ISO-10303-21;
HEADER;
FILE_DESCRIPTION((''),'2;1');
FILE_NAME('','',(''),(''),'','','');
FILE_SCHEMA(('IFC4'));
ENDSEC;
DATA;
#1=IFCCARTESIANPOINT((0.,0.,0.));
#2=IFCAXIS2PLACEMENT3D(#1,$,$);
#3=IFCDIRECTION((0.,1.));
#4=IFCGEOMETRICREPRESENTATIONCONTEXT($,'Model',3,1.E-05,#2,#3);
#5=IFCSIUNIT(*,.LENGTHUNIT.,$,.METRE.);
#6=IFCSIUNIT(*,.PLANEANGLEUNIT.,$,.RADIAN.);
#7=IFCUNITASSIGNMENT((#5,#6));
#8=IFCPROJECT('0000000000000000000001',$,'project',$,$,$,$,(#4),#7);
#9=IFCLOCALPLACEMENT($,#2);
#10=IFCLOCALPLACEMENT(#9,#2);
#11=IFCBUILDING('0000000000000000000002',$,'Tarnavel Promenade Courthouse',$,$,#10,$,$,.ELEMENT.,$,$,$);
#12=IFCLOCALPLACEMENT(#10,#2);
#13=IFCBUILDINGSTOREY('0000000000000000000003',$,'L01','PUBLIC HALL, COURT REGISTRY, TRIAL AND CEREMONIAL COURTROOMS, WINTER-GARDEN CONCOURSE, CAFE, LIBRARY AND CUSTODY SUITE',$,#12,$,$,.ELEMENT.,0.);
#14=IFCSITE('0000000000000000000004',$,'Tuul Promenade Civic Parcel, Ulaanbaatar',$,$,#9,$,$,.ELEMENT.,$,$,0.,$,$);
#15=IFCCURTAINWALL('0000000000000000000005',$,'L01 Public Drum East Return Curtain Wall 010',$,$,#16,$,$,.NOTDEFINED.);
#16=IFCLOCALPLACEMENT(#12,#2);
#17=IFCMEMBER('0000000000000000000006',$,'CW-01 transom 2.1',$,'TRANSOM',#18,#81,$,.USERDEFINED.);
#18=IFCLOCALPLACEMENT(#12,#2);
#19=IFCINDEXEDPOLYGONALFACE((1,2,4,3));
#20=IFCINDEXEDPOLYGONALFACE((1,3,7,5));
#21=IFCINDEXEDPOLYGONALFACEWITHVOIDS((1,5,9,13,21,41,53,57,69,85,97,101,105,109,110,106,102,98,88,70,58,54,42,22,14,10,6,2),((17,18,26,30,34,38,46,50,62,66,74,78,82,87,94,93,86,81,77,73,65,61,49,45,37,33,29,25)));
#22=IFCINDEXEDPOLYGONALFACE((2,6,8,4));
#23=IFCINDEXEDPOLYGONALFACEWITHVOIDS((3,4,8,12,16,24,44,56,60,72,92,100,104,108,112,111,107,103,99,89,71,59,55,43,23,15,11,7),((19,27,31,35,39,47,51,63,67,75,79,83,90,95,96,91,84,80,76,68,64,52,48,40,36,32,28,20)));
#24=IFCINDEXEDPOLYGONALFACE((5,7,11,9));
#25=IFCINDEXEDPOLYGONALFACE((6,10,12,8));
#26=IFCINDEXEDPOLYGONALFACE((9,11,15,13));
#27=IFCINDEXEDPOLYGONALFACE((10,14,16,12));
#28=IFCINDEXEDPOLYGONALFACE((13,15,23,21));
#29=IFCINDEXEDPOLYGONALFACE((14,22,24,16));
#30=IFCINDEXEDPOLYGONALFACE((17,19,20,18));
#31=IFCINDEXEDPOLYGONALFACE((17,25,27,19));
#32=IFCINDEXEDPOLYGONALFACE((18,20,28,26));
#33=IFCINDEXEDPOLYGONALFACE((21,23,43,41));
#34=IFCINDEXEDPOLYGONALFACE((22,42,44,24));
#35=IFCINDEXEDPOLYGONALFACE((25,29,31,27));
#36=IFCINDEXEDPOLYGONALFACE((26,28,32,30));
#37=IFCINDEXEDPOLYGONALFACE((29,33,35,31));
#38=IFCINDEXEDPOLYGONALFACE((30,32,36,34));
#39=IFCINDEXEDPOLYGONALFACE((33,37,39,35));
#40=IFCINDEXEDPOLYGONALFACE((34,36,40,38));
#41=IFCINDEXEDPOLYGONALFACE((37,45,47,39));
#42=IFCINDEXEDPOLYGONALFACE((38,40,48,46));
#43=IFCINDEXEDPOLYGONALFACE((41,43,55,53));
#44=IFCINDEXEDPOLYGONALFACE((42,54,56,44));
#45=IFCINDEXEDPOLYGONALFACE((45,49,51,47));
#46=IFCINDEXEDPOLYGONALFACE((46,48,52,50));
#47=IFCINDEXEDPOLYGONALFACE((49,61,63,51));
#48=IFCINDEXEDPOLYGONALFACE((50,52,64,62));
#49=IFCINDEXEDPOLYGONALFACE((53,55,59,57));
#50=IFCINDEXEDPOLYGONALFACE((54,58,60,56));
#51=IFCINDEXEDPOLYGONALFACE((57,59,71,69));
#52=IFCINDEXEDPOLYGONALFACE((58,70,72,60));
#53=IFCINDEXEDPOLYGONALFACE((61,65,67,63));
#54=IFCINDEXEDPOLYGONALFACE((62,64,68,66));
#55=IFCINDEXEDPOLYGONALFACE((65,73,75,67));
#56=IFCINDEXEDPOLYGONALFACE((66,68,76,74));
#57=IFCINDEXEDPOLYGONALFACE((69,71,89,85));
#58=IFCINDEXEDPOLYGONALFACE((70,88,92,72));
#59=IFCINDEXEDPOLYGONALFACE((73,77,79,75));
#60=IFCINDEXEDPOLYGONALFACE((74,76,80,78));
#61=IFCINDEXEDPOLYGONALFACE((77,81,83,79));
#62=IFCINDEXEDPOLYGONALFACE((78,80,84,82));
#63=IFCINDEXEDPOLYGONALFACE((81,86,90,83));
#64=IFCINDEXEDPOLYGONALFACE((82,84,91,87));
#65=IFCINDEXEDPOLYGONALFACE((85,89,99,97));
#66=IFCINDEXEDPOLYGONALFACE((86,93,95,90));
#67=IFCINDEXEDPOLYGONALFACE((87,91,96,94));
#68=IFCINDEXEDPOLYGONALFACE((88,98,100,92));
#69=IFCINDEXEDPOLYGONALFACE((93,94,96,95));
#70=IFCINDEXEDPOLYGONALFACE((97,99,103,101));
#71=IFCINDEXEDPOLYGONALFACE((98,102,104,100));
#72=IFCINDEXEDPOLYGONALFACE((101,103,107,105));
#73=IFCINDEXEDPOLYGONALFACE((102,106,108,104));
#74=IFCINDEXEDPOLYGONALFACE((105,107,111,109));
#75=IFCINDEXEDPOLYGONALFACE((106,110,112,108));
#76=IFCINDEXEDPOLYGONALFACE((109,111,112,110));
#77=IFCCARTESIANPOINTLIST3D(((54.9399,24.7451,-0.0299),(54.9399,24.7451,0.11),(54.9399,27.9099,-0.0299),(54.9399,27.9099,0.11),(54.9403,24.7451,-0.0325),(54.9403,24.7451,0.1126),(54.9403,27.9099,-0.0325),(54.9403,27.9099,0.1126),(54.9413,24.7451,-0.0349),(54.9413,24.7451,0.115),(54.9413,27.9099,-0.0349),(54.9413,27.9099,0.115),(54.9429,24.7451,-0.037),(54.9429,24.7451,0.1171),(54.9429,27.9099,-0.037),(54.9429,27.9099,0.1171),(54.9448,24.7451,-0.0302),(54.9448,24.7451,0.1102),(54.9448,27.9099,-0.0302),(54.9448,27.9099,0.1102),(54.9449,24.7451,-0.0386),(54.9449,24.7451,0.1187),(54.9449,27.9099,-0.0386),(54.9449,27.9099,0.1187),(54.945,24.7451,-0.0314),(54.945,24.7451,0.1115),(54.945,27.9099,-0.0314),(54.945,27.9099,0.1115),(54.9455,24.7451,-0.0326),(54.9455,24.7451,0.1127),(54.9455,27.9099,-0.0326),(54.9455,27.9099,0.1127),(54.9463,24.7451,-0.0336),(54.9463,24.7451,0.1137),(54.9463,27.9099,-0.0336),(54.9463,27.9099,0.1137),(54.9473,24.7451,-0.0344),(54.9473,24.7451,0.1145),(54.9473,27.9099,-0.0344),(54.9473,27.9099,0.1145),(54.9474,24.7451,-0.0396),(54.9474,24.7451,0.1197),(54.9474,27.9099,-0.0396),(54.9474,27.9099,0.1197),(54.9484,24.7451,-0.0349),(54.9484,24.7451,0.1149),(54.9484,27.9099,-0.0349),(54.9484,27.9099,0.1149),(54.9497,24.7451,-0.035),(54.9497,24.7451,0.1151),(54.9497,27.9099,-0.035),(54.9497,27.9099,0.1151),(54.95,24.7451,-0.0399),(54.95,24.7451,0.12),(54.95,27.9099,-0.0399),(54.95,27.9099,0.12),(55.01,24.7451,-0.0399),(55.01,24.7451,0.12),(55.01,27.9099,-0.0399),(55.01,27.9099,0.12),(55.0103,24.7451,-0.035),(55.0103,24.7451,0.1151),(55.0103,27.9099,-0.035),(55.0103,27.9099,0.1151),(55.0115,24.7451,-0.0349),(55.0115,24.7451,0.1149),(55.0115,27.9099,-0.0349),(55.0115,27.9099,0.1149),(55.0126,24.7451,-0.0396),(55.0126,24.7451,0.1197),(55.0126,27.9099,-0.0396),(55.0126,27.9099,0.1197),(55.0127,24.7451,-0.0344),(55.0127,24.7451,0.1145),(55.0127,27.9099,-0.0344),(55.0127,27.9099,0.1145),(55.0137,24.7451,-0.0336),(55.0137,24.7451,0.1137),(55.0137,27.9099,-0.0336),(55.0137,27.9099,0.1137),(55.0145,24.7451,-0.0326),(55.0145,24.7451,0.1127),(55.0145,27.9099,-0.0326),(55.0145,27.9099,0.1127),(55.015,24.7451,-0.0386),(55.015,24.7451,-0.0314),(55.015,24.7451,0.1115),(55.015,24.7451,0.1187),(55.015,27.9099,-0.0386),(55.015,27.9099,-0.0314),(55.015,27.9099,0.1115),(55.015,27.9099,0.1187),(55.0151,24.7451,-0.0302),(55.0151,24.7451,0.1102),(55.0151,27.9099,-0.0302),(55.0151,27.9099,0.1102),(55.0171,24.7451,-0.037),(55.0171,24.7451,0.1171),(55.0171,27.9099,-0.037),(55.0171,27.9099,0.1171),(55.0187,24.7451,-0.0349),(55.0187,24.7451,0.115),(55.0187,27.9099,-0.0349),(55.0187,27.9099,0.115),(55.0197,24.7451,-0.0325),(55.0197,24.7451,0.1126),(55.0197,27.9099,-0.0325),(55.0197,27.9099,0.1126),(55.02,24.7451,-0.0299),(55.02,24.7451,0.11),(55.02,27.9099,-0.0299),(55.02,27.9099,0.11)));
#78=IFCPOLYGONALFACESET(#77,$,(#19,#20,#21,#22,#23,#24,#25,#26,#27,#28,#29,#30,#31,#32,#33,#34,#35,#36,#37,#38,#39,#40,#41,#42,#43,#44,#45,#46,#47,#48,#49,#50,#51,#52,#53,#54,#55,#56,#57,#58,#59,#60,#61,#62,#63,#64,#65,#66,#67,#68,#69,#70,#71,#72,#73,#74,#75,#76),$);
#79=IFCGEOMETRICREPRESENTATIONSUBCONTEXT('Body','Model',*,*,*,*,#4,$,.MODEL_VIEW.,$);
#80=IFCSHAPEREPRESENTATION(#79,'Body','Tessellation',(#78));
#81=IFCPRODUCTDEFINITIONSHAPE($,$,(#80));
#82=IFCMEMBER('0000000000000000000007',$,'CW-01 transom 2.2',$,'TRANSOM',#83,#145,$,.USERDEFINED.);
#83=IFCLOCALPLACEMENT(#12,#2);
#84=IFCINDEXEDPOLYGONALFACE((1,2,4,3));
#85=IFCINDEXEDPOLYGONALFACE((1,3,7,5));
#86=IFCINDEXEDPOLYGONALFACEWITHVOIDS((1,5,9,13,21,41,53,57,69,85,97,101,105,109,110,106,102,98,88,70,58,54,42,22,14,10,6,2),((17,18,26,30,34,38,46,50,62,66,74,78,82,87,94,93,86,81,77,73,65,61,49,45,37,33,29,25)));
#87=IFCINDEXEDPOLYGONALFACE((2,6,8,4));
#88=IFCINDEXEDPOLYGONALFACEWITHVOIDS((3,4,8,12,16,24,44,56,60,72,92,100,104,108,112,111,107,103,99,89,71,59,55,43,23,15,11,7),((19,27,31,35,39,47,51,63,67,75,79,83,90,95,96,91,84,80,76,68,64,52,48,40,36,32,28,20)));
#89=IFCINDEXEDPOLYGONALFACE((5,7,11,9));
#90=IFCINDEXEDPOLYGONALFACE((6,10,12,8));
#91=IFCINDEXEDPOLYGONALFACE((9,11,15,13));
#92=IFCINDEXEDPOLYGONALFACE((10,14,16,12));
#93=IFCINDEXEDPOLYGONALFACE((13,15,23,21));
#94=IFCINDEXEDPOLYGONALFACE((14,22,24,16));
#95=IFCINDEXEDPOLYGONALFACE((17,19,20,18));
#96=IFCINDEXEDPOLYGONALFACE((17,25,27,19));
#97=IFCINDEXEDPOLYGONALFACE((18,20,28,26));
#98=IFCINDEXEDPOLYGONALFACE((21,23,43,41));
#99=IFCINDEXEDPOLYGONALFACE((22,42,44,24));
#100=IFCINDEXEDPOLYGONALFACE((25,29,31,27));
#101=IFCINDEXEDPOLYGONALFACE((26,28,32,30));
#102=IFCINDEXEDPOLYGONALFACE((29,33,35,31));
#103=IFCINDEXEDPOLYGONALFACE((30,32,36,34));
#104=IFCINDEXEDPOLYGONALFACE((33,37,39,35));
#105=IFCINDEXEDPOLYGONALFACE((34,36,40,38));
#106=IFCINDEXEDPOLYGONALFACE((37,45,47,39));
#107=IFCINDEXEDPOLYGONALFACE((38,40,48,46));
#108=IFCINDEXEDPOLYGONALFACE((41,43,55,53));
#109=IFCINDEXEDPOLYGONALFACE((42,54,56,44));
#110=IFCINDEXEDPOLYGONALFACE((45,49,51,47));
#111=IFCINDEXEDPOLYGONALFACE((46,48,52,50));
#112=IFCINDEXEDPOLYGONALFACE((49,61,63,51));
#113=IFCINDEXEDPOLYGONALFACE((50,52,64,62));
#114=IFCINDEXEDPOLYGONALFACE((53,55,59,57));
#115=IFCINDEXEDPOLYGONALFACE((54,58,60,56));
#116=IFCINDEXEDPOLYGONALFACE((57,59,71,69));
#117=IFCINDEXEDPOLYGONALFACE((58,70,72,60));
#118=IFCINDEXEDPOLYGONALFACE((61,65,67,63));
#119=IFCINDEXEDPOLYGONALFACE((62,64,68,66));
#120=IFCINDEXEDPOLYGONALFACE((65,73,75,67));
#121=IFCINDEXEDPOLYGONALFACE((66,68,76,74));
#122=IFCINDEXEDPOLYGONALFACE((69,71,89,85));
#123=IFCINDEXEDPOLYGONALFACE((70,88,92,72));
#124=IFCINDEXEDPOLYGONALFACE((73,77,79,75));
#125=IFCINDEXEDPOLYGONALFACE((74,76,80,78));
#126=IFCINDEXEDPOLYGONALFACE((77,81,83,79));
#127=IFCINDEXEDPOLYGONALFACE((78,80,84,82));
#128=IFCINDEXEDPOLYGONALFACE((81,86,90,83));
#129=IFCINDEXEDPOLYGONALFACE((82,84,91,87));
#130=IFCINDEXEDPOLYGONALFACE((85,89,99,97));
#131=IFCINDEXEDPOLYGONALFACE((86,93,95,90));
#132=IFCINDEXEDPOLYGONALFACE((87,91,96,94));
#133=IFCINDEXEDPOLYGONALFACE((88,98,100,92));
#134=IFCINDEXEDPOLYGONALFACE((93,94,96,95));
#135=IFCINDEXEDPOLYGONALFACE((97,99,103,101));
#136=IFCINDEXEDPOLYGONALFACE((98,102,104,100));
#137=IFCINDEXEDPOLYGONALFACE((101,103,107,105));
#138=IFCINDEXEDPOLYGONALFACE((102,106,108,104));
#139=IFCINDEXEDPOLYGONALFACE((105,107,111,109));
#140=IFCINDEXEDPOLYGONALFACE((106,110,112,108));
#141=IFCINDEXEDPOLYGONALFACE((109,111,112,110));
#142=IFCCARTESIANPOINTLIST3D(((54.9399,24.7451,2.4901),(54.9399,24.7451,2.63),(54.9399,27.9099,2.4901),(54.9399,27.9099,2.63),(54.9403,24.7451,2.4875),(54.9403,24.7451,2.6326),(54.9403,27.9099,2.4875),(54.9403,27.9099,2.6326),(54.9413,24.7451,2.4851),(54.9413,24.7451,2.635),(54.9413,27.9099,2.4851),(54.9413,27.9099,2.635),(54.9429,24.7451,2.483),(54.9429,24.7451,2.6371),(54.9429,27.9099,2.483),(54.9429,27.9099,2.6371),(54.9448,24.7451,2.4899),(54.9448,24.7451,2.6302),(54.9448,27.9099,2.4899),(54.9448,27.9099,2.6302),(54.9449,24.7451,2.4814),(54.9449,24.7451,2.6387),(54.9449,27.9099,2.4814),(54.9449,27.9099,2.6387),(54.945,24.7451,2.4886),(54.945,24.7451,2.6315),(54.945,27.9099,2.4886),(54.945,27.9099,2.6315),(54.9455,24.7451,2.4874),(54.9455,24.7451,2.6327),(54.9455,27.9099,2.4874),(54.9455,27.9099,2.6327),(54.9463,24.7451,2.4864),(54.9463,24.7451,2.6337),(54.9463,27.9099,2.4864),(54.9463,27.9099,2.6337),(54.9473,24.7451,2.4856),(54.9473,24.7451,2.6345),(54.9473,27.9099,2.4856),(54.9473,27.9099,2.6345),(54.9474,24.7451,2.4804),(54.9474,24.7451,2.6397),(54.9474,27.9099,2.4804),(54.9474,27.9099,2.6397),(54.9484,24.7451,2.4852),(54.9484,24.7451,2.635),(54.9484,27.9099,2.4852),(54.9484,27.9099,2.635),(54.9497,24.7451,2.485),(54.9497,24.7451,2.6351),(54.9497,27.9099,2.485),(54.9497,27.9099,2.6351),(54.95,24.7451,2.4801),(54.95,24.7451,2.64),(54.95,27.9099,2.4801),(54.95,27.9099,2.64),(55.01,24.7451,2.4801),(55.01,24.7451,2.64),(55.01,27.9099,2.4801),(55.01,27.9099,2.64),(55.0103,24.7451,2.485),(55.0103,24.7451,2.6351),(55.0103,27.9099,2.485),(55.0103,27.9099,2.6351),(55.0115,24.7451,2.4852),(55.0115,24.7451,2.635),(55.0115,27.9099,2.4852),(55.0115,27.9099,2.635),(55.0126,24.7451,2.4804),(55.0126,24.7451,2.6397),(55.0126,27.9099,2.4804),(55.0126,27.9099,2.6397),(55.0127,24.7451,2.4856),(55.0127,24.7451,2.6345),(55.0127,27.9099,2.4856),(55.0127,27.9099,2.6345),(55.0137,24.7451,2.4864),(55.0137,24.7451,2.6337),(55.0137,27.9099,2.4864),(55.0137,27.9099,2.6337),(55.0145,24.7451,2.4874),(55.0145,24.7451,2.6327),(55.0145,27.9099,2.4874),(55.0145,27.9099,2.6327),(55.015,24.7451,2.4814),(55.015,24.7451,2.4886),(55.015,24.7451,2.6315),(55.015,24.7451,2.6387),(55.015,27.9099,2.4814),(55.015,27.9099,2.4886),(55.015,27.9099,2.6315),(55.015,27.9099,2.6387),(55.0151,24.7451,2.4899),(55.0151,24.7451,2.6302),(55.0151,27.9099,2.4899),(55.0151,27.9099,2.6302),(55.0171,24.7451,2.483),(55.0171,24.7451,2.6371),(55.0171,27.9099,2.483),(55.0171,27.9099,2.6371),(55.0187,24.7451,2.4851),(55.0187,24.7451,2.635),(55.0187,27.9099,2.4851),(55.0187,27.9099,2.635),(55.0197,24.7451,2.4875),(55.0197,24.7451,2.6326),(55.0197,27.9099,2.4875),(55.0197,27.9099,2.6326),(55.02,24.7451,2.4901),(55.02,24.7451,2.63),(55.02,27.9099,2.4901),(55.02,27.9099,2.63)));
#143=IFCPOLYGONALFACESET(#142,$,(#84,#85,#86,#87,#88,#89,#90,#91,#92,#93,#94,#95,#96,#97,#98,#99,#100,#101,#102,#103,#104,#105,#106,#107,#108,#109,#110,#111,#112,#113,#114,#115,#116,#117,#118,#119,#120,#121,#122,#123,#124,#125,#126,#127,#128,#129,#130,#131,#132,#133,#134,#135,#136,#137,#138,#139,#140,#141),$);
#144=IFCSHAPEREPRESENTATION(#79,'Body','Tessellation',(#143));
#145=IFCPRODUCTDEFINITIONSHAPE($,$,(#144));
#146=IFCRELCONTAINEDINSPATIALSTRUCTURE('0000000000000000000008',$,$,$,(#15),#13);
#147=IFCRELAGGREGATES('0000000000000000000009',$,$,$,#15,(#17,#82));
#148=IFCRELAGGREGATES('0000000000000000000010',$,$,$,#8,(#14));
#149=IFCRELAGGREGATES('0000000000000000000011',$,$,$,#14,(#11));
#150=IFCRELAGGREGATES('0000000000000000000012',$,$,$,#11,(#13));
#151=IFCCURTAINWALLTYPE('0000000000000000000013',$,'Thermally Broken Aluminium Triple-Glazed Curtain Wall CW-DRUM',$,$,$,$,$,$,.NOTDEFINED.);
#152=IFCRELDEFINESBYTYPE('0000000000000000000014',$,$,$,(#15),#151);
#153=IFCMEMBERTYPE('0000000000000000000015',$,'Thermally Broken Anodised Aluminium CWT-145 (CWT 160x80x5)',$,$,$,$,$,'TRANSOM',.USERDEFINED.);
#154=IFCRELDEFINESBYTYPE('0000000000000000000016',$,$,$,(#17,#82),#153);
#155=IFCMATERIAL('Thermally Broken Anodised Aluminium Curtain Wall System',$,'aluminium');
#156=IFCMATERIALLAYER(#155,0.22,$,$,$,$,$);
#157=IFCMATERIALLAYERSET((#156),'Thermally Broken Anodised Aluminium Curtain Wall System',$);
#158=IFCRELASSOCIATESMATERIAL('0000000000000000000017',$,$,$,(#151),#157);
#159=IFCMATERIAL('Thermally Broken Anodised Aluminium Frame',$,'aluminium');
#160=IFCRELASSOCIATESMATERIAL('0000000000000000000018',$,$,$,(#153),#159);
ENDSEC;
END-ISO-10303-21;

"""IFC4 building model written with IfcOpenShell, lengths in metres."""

from ifc_helpers import new_model, si_unit, direction, frame, origin, origin_2d, place, context, subcontext, project, spatial, hollow_rectangle, extrude, material, layer, layer_set, material_profile, profile_set, type_object, element, aggregate, save


model = new_model("IFC4")

# Units and contexts
model_context = context("Model", 3, precision=1e-05, world=origin(), true_north=direction((0.0, 1.0)))
body_context = subcontext(model_context, "Body", "Model", "MODEL_VIEW")
ifc_project = project(units=[si_unit("LENGTHUNIT", "METRE"), si_unit("PLANEANGLEUNIT", "RADIAN")], contexts=[model_context])

# Site, building, storey
site_placement = place(None, origin())
site = spatial("IfcSite", under=ifc_project, at=site_placement, Name="Tuul Promenade Civic Parcel, Ulaanbaatar", CompositionType="ELEMENT", RefElevation=0.0)
building_placement = place(site_placement, origin())
building = spatial("IfcBuilding", under=site, at=building_placement, Name="Tarnavel Promenade Courthouse", CompositionType="ELEMENT")
storey_placement = place(building_placement, origin())
storey = spatial("IfcBuildingStorey", under=building, at=storey_placement, Name="L01", Description="PUBLIC HALL, COURT REGISTRY, TRIAL AND CEREMONIAL COURTROOMS, WINTER-GARDEN CONCOURSE, CAFE, LIBRARY AND CUSTODY SUITE", CompositionType="ELEMENT", Elevation=0.0)

# Curtain wall
ifc_material_1 = material(Name="Thermally Broken Anodised Aluminium Curtain Wall System", Category="aluminium")
ifc_layer_1 = layer(ifc_material_1, 0.22)
ifc_layer_set_1 = layer_set([ifc_layer_1], Name="Thermally Broken Anodised Aluminium Curtain Wall System")
curtain_wall_type_1 = type_object("IfcCurtainWallType", Name="Thermally Broken Aluminium Triple-Glazed Curtain Wall CW-DRUM", PredefinedType="NOTDEFINED", material=ifc_layer_set_1)
curtain_wall_1_placement = place(storey_placement, origin())
curtain_wall_1 = element("IfcCurtainWall", 1, at=curtain_wall_1_placement, inside=storey, type_object=curtain_wall_type_1, Name="L01 Public Drum East Return Curtain Wall 010", PredefinedType="NOTDEFINED")
ifc_material_2 = material(Name="Thermally Broken Anodised Aluminium Frame", Category="aluminium")

# Members
ifc_material_profile_1 = material_profile(ifc_material_2, hollow_rectangle(XDim=0.0801, YDim=0.1599, WallThickness=0.0049, InnerFilletRadius=0.0049, OuterFilletRadius=0.01, at=origin_2d()), Name="CWT 160x80x5")
ifc_profile_set_1 = profile_set([ifc_material_profile_1], Name="Thermally Broken Anodised Aluminium Frame")
member_type_1 = type_object("IfcMemberType", Name="Thermally Broken Anodised Aluminium CWT-145 (CWT 160x80x5)", ElementType="TRANSOM", PredefinedType="USERDEFINED", material=ifc_profile_set_1)
member_1_placement = place(storey_placement, frame((54.98, 24.7451, 0.04), z_axis=(0.0, 1.0, 0.0), x_axis=(-1.0, 0.0, 0.0)))
member_1 = element("IfcMember", 2, at=member_1_placement, type_object=member_type_1, Name="CW-01 transom 2.1", ObjectType="TRANSOM", PredefinedType="USERDEFINED", context=body_context, shape_type="SweptSolid", body=[
    extrude(hollow_rectangle(XDim=0.0801, YDim=0.1599, WallThickness=0.0049, InnerFilletRadius=0.0049, OuterFilletRadius=0.01, at=origin_2d()), origin(), (0.0, 0.0, 1.0), 3.1648),
])
member_2_placement = place(storey_placement, frame((54.98, 24.7451, 2.5601), z_axis=(0.0, 1.0, 0.0), x_axis=(-1.0, 0.0, 0.0)))
member_2 = element("IfcMember", 3, at=member_2_placement, type_object=member_type_1, Name="CW-01 transom 2.2", ObjectType="TRANSOM", PredefinedType="USERDEFINED", context=body_context, shape_type="SweptSolid", body=[
    extrude(hollow_rectangle(XDim=0.0801, YDim=0.1599, WallThickness=0.0049, InnerFilletRadius=0.0049, OuterFilletRadius=0.01, at=origin_2d()), origin(), (0.0, 0.0, 1.0), 3.1648),
])

aggregate(curtain_wall_1, [member_1, member_2])

save(model, "model.ifc")
